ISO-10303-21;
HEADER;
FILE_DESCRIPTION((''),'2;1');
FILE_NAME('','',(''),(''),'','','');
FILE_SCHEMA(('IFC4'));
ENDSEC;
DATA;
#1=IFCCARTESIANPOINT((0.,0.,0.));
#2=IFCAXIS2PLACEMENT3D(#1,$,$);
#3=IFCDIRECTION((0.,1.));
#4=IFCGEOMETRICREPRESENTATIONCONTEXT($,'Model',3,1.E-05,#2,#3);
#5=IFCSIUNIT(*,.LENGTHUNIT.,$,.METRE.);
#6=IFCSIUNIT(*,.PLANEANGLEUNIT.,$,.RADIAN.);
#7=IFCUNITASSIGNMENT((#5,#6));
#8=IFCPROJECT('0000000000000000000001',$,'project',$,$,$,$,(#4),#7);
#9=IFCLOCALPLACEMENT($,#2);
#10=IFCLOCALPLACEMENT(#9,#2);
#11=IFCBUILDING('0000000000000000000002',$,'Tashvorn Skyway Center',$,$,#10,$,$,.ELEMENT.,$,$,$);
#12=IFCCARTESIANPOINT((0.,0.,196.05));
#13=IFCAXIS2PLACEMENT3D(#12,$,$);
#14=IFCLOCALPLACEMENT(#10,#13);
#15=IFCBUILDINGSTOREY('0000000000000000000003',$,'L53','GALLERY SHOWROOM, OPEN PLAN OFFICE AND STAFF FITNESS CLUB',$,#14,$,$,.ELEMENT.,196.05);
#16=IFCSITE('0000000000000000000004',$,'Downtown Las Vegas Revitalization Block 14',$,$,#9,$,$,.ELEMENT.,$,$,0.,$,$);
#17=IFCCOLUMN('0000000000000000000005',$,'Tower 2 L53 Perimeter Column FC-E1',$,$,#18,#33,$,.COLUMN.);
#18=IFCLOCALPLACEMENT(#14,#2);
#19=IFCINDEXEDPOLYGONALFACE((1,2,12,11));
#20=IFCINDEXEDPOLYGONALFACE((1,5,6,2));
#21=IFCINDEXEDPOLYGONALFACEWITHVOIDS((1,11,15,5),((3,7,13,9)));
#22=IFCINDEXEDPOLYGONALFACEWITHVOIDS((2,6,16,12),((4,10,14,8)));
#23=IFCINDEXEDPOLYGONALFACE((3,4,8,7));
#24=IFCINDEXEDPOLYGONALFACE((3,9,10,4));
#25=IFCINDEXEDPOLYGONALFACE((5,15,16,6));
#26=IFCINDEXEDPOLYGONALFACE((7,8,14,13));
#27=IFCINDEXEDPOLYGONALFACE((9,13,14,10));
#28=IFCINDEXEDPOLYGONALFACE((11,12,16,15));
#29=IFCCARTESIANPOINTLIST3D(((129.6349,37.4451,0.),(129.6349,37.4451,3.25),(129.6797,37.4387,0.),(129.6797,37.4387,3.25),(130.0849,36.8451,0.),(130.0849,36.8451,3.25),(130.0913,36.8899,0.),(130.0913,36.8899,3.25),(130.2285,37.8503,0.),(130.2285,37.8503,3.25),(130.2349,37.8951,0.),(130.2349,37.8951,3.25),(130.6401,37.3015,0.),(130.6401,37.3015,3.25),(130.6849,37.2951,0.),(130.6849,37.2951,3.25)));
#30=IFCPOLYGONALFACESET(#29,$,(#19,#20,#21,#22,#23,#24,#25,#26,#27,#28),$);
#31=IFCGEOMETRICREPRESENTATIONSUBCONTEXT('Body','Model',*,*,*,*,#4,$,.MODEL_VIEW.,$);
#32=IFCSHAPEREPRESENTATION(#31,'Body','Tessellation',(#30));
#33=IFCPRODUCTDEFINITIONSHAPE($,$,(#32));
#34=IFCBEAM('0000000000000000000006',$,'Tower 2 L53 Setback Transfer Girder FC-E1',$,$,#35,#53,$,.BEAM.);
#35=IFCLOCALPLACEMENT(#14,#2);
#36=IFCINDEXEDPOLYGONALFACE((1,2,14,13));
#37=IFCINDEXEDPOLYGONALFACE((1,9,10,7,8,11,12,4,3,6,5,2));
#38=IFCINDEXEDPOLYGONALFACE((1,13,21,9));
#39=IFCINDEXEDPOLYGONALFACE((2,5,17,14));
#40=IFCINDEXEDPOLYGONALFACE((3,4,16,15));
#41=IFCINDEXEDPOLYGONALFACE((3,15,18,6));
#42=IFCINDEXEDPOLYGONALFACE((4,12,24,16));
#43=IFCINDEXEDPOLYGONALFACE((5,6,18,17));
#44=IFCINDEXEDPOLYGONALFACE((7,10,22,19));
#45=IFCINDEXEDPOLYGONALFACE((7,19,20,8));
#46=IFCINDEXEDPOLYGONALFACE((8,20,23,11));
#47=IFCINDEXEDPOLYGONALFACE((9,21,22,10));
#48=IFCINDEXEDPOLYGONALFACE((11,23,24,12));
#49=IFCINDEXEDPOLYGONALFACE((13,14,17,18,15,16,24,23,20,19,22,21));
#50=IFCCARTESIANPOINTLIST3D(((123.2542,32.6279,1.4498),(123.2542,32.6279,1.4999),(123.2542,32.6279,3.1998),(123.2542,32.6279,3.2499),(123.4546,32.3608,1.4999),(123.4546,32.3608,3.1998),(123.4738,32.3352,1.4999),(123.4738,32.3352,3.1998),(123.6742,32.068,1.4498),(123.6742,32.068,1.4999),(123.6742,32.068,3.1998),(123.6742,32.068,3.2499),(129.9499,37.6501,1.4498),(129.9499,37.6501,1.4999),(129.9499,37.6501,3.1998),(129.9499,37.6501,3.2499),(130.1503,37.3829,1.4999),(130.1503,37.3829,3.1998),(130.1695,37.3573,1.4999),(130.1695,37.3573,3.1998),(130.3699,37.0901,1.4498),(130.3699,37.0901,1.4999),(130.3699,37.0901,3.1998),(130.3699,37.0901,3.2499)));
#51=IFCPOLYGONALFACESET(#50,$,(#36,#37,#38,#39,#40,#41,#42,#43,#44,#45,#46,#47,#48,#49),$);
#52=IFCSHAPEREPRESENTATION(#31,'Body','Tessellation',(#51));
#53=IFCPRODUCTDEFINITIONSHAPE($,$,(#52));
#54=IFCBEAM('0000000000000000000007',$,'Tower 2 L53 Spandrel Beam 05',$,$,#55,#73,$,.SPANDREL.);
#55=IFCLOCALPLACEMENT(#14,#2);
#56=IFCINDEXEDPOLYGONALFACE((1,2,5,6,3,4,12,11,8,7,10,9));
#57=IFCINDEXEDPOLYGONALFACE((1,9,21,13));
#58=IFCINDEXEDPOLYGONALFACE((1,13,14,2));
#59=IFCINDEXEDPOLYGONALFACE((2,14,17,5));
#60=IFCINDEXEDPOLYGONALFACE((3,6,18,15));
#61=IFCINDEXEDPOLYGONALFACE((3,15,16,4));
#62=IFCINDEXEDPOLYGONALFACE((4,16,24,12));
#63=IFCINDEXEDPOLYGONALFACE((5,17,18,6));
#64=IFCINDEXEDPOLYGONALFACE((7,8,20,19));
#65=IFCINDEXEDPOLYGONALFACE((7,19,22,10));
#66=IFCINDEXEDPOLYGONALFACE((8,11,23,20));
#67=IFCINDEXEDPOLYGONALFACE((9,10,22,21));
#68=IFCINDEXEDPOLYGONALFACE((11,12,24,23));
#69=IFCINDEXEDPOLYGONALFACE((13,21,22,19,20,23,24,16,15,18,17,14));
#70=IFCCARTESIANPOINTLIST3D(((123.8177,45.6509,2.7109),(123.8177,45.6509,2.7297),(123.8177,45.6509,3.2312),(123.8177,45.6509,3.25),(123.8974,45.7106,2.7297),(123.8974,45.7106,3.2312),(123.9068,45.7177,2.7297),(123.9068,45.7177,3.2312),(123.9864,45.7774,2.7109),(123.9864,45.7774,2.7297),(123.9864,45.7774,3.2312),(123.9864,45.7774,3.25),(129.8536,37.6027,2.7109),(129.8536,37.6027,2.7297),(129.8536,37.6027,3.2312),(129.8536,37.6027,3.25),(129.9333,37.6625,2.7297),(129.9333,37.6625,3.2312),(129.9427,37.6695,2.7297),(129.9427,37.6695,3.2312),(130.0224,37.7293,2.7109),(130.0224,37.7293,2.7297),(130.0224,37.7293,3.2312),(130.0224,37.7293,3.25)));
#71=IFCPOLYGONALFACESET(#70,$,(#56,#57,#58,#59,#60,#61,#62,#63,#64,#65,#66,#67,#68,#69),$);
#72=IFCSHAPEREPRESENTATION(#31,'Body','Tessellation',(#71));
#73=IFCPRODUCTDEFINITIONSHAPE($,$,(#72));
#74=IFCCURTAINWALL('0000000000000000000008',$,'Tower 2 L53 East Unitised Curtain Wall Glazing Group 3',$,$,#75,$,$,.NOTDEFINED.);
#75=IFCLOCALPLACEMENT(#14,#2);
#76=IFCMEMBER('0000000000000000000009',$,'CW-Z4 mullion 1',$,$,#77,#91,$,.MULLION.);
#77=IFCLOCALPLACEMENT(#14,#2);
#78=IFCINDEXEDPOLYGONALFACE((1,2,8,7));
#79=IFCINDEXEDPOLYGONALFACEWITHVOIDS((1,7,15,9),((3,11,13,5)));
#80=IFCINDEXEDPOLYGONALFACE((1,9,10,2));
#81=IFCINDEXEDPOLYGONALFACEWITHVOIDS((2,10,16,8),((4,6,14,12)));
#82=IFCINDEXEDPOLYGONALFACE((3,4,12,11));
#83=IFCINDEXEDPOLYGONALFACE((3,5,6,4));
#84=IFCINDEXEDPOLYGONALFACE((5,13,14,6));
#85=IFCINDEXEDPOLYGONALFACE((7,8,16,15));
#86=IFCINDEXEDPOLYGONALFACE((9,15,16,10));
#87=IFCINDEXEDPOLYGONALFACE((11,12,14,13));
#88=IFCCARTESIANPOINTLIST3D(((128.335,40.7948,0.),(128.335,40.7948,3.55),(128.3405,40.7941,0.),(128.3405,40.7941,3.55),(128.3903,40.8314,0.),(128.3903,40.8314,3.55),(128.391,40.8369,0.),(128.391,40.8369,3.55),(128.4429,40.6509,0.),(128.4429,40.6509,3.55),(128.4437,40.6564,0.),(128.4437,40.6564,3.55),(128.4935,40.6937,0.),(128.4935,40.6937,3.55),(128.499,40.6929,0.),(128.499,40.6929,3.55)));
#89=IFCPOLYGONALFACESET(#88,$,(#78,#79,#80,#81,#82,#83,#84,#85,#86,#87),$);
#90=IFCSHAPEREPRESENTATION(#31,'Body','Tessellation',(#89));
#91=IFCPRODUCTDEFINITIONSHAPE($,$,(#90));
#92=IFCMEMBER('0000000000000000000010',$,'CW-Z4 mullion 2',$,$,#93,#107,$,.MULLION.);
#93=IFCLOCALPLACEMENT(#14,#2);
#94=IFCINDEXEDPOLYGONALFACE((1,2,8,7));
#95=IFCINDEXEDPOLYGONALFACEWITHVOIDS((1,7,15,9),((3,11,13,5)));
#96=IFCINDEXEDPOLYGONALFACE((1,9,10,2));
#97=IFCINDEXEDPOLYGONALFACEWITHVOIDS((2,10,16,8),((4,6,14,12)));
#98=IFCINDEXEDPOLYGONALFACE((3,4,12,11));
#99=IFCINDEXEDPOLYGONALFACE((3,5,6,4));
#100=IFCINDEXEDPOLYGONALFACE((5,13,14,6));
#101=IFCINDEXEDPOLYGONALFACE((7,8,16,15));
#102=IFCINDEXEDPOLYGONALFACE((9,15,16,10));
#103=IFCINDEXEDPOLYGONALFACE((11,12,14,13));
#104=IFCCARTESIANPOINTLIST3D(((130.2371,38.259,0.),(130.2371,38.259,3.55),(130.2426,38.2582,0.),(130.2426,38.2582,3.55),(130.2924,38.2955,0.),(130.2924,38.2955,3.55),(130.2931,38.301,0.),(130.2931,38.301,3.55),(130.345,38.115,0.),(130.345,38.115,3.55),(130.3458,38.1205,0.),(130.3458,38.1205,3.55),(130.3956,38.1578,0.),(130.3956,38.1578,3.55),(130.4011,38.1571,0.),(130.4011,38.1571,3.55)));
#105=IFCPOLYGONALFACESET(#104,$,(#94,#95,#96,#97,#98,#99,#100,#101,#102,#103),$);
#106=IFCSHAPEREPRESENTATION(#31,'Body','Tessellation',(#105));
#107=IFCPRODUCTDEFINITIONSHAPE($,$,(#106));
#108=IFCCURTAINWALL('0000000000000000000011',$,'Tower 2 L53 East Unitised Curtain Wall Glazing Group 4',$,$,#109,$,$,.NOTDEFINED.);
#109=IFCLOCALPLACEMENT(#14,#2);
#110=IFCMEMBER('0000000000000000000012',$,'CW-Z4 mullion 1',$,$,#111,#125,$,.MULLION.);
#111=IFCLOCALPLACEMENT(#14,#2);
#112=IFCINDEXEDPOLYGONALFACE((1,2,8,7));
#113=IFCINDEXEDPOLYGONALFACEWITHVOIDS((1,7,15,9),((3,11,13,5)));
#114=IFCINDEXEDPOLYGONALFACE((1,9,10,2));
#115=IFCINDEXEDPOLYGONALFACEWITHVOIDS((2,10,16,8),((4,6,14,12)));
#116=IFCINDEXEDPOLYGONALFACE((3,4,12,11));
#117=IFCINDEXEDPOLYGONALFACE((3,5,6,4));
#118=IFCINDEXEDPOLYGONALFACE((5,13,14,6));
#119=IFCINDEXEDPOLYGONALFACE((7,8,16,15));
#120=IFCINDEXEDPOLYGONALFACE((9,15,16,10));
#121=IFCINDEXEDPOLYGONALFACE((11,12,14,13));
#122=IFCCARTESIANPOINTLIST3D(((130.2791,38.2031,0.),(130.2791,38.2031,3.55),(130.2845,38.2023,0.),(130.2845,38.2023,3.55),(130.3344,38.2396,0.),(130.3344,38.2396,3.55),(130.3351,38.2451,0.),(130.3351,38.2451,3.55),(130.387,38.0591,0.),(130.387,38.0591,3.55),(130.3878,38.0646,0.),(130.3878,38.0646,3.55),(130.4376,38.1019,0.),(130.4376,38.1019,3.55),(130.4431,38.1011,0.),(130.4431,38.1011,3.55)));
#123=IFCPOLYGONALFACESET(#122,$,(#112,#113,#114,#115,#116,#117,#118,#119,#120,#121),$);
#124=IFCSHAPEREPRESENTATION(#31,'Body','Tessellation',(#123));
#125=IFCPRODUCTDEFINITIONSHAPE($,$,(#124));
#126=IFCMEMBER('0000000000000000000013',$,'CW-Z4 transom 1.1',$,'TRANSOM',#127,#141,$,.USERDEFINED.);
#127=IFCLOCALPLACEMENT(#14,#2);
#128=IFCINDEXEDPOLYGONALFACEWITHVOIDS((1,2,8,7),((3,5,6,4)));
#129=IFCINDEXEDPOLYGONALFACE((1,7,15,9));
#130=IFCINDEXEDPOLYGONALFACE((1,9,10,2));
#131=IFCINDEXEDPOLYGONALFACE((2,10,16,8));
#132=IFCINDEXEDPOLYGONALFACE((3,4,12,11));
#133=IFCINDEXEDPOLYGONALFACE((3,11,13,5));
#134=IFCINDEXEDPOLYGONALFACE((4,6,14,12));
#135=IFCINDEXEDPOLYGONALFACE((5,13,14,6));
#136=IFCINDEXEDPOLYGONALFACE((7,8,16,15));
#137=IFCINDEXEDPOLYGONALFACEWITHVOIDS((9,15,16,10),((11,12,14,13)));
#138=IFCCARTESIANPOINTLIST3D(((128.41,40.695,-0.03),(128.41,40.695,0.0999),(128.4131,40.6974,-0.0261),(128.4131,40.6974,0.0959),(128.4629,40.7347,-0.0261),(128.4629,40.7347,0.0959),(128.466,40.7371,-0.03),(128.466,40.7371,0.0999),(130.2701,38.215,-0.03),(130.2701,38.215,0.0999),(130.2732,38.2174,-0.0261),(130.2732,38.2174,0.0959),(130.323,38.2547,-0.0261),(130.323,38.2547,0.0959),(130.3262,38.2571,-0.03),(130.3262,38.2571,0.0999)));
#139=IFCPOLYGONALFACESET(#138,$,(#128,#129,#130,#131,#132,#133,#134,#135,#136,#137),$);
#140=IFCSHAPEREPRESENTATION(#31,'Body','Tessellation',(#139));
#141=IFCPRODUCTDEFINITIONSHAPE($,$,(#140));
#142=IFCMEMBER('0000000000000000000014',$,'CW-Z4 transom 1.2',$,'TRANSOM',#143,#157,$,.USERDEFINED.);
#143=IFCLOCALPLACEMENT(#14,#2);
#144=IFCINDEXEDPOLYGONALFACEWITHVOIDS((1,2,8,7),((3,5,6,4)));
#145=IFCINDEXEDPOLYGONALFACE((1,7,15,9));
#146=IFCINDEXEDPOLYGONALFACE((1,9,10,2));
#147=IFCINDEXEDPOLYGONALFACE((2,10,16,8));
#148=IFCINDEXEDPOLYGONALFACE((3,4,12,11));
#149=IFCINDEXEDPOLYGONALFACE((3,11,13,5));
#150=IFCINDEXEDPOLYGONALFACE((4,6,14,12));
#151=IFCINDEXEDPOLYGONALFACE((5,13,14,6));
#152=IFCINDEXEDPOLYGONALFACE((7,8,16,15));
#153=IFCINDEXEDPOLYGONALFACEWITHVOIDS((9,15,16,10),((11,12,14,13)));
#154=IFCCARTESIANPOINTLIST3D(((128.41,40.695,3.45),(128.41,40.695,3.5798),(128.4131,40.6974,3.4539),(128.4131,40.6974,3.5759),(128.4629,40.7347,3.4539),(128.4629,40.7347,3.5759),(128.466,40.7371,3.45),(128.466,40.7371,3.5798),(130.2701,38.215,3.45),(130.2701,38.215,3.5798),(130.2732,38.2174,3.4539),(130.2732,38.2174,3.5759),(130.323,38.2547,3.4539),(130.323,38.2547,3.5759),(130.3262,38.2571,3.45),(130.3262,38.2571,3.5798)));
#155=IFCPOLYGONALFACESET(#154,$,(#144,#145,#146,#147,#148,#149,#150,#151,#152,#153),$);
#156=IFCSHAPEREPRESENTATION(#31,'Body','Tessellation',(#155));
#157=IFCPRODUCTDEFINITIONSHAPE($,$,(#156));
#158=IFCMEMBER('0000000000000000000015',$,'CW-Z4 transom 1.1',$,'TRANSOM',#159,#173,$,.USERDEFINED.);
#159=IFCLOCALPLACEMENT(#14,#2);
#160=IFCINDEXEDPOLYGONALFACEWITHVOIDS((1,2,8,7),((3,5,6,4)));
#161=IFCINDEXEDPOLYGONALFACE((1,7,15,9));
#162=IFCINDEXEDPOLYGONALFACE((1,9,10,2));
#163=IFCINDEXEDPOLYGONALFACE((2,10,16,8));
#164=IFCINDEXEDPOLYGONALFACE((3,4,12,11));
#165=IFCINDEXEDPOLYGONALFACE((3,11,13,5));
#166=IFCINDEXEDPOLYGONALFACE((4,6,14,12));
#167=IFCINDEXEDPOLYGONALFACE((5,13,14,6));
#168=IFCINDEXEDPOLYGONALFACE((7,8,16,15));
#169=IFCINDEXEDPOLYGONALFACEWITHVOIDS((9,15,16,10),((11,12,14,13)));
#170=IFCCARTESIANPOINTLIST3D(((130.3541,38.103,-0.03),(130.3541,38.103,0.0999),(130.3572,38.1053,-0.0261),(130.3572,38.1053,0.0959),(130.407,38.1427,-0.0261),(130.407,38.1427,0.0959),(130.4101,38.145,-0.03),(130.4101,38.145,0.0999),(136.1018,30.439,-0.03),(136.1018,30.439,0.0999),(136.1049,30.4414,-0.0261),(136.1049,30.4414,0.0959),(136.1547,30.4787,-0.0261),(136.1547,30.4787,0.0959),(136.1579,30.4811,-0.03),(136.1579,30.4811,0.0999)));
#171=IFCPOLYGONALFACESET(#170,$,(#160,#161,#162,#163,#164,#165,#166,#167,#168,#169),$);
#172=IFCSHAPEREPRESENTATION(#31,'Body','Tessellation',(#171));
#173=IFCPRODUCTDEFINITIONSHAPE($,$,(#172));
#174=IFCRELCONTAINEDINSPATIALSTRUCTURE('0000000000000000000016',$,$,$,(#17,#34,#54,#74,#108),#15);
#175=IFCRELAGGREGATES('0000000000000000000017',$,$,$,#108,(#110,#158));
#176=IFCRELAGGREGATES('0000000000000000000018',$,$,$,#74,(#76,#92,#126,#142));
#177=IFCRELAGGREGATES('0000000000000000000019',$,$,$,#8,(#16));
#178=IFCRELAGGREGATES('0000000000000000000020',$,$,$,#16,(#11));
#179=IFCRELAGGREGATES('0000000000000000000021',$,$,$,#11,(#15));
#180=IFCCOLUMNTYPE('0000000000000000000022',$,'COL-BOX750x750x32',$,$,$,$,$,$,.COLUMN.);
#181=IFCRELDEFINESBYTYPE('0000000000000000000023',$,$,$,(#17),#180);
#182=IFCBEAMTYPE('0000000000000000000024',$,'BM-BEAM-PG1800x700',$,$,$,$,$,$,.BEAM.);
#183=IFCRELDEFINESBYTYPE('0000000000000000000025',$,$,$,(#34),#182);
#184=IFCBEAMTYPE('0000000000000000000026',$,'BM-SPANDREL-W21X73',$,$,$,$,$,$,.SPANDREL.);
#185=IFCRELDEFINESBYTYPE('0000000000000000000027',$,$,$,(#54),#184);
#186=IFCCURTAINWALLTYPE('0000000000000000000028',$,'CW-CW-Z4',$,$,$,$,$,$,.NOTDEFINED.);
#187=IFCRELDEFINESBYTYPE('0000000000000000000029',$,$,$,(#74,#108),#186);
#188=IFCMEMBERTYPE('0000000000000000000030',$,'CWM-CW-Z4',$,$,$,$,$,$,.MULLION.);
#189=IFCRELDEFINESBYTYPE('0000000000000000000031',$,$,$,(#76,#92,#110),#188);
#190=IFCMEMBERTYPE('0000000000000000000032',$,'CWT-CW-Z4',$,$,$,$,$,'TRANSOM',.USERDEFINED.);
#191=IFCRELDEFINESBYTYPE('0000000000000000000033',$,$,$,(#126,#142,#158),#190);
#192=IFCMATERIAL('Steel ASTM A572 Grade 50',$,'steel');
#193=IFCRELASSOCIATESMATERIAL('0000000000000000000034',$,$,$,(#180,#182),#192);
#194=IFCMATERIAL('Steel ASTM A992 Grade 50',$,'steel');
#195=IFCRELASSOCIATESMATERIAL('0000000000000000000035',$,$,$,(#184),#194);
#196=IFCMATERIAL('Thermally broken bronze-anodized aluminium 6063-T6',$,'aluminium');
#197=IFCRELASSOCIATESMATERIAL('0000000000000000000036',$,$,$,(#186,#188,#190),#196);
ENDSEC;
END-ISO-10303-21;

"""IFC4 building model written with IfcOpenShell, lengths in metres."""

from ifc_helpers import new_model, si_unit, direction, frame, origin, origin_2d, place, context, subcontext, project, spatial, hollow_rectangle, i_section, extrude, material, material_profile, profile_set, type_object, element, aggregate, save


model = new_model("IFC4")

# Units and contexts
model_context = context("Model", 3, precision=1e-05, world=origin(), true_north=direction((0.0, 1.0)))
body_context = subcontext(model_context, "Body", "Model", "MODEL_VIEW")
ifc_project = project(units=[si_unit("LENGTHUNIT", "METRE"), si_unit("PLANEANGLEUNIT", "RADIAN")], contexts=[model_context])

# Site, building, storey
site_placement = place(None, origin())
site = spatial("IfcSite", under=ifc_project, at=site_placement, Name="Downtown Las Vegas Revitalization Block 14", CompositionType="ELEMENT", RefElevation=0.0)
building_placement = place(site_placement, origin())
building = spatial("IfcBuilding", under=site, at=building_placement, Name="Tashvorn Skyway Center", CompositionType="ELEMENT")
storey_placement = place(building_placement, frame((0.0, 0.0, 196.05)))
storey = spatial("IfcBuildingStorey", under=building, at=storey_placement, Name="L53", Description="GALLERY SHOWROOM, OPEN PLAN OFFICE AND STAFF FITNESS CLUB", CompositionType="ELEMENT", Elevation=196.05)

# Column
ifc_material_1 = material(Name="Steel ASTM A572 Grade 50", Category="steel")
ifc_material_profile_1 = material_profile(ifc_material_1, hollow_rectangle(XDim=0.75, YDim=0.75, WallThickness=0.032, at=origin_2d()), Name="BOX750x750x32")
ifc_profile_set_1 = profile_set([ifc_material_profile_1], Name="Steel ASTM A572 Grade 50")
column_type = type_object("IfcColumnType", Name="COL-BOX750x750x32", PredefinedType="COLUMN", material=ifc_profile_set_1)
column_placement = place(storey_placement, frame((130.1599, 37.3701, 0.0), z_axis=(0.0, 0.0, 1.0), x_axis=(0.8, 0.6, 0.0)))
element("IfcColumn", 1, at=column_placement, inside=storey, type_object=column_type, Name="Tower 2 L53 Perimeter Column FC-E1", PredefinedType="COLUMN", context=body_context, shape_type="SweptSolid", body=[
    extrude(hollow_rectangle(XDim=0.75, YDim=0.75, WallThickness=0.032, at=origin_2d()), origin(), (0.0, 0.0, 1.0), 3.25),
])

# Beams
ifc_material_profile_2 = material_profile(ifc_material_1, i_section(OverallWidth=0.7, OverallDepth=1.8, WebThickness=0.032, FlangeThickness=0.05, at=origin_2d()), Name="PG1800x700")
ifc_profile_set_2 = profile_set([ifc_material_profile_2], Name="Steel ASTM A572 Grade 50")
beam_type_1 = type_object("IfcBeamType", Name="BM-BEAM-PG1800x700", PredefinedType="BEAM", material=ifc_profile_set_2)
beam_1_placement = place(storey_placement, frame((130.1599, 37.3701, 2.3499), z_axis=(-0.799979, -0.600028, 0.0), x_axis=(0.600028, -0.799979, 0.0)))
element("IfcBeam", 2, at=beam_1_placement, inside=storey, type_object=beam_type_1, Name="Tower 2 L53 Setback Transfer Girder FC-E1", PredefinedType="BEAM", context=body_context, shape_type="SweptSolid", body=[
    extrude(i_section(OverallWidth=0.7, OverallDepth=1.8, WebThickness=0.032, FlangeThickness=0.05, at=origin_2d()), origin(), (0.0, 0.0, 1.0), 8.3699),
])
ifc_material_2 = material(Name="Steel ASTM A992 Grade 50", Category="steel")
ifc_material_profile_3 = material_profile(ifc_material_2, i_section(OverallWidth=0.2109, OverallDepth=0.5391, WebThickness=0.0117, FlangeThickness=0.0188, at=origin_2d()), Name="W21X73")
ifc_profile_set_3 = profile_set([ifc_material_profile_3], Name="Steel ASTM A992 Grade 50")
beam_type_2 = type_object("IfcBeamType", Name="BM-SPANDREL-W21X73", PredefinedType="SPANDREL", material=ifc_profile_set_3)
beam_2_placement = place(storey_placement, frame((129.938, 37.666, 2.9805), z_axis=(-0.599988, 0.800009, 0.0), x_axis=(-0.800009, -0.599988, 0.0)))
element("IfcBeam", 3, at=beam_2_placement, inside=storey, type_object=beam_type_2, Name="Tower 2 L53 Spandrel Beam 05", PredefinedType="SPANDREL", context=body_context, shape_type="SweptSolid", body=[
    extrude(i_section(OverallWidth=0.2109, OverallDepth=0.5391, WebThickness=0.0117, FlangeThickness=0.0188, at=origin_2d()), origin(), (0.0, 0.0, 1.0), 10.0601),
])

# Curtain wall, members
ifc_material_3 = material(Name="Thermally broken bronze-anodized aluminium 6063-T6", Category="aluminium")
curtain_wall_type = type_object("IfcCurtainWallType", Name="CW-CW-Z4", PredefinedType="NOTDEFINED", material=ifc_material_3)
curtain_wall_1_placement = place(storey_placement, origin())
curtain_wall_1 = element("IfcCurtainWall", 4, at=curtain_wall_1_placement, inside=storey, type_object=curtain_wall_type, Name="Tower 2 L53 East Unitised Curtain Wall Glazing Group 3", PredefinedType="NOTDEFINED")
ifc_material_profile_4 = material_profile(ifc_material_3, hollow_rectangle(XDim=0.0701, YDim=0.1799, WallThickness=0.0039, at=origin_2d()), Name="ALU-MULL-70x180")
ifc_profile_set_4 = profile_set([ifc_material_profile_4], Name="Thermally broken bronze-anodized aluminium 6063-T6")
member_type_1 = type_object("IfcMemberType", Name="CWM-CW-Z4", PredefinedType="MULLION", material=ifc_profile_set_4)
member_1_placement = place(storey_placement, frame((128.417, 40.7439, 0.0), z_axis=(0.0, 0.0, 1.0), x_axis=(0.8, 0.6, 0.0)))
member_1 = element("IfcMember", 5, at=member_1_placement, type_object=member_type_1, Name="CW-Z4 mullion 1", PredefinedType="MULLION", context=body_context, shape_type="SweptSolid", body=[
    extrude(hollow_rectangle(XDim=0.0701, YDim=0.1799, WallThickness=0.0039, at=origin_2d()), origin(), (0.0, 0.0, 1.0), 3.55),
])
member_2_placement = place(storey_placement, frame((130.3191, 38.208, 0.0), z_axis=(0.0, 0.0, 1.0), x_axis=(0.8, 0.6, 0.0)))
member_2 = element("IfcMember", 6, at=member_2_placement, type_object=member_type_1, Name="CW-Z4 mullion 2", PredefinedType="MULLION", context=body_context, shape_type="SweptSolid", body=[
    extrude(hollow_rectangle(XDim=0.0701, YDim=0.1799, WallThickness=0.0039, at=origin_2d()), origin(), (0.0, 0.0, 1.0), 3.55),
])

# Curtain wall, member
curtain_wall_2_placement = place(storey_placement, origin())
curtain_wall_2 = element("IfcCurtainWall", 7, at=curtain_wall_2_placement, inside=storey, type_object=curtain_wall_type, Name="Tower 2 L53 East Unitised Curtain Wall Glazing Group 4", PredefinedType="NOTDEFINED")
member_3_placement = place(storey_placement, frame((130.3611, 38.1521, 0.0), z_axis=(0.0, 0.0, 1.0), x_axis=(0.8, 0.6, 0.0)))
member_3 = element("IfcMember", 8, at=member_3_placement, type_object=member_type_1, Name="CW-Z4 mullion 1", PredefinedType="MULLION", context=body_context, shape_type="SweptSolid", body=[
    extrude(hollow_rectangle(XDim=0.0701, YDim=0.1799, WallThickness=0.0039, at=origin_2d()), origin(), (0.0, 0.0, 1.0), 3.55),
])

# Members
ifc_material_profile_5 = material_profile(ifc_material_3, hollow_rectangle(XDim=0.0701, YDim=0.1299, WallThickness=0.0039, at=origin_2d()), Name="ALU-TRAN-70x130")
ifc_profile_set_5 = profile_set([ifc_material_profile_5], Name="Thermally broken bronze-anodized aluminium 6063-T6")
member_type_2 = type_object("IfcMemberType", Name="CWT-CW-Z4", ElementType="TRANSOM", PredefinedType="USERDEFINED", material=ifc_profile_set_5)
member_4_placement = place(storey_placement, frame((128.438, 40.7161, 0.0349), z_axis=(0.600025, -0.799981, 0.0), x_axis=(0.799981, 0.600025, 0.0)))
member_4 = element("IfcMember", 9, at=member_4_placement, type_object=member_type_2, Name="CW-Z4 transom 1.1", ObjectType="TRANSOM", PredefinedType="USERDEFINED", context=body_context, shape_type="SweptSolid", body=[
    extrude(hollow_rectangle(XDim=0.0701, YDim=0.1299, WallThickness=0.0039, at=origin_2d()), origin(), (0.0, 0.0, 1.0), 3.1001),
])
member_5_placement = place(storey_placement, frame((128.438, 40.7161, 3.5149), z_axis=(0.600025, -0.799981, 0.0), x_axis=(0.799981, 0.600025, 0.0)))
member_5 = element("IfcMember", 10, at=member_5_placement, type_object=member_type_2, Name="CW-Z4 transom 1.2", ObjectType="TRANSOM", PredefinedType="USERDEFINED", context=body_context, shape_type="SweptSolid", body=[
    extrude(hollow_rectangle(XDim=0.0701, YDim=0.1299, WallThickness=0.0039, at=origin_2d()), origin(), (0.0, 0.0, 1.0), 3.1001),
])
member_6_placement = place(storey_placement, frame((130.3821, 38.124, 0.0349), z_axis=(0.599984, -0.800012, 0.0), x_axis=(0.800012, 0.599984, 0.0)))
member_6 = element("IfcMember", 11, at=member_6_placement, type_object=member_type_2, Name="CW-Z4 transom 1.1", ObjectType="TRANSOM", PredefinedType="USERDEFINED", context=body_context, shape_type="SweptSolid", body=[
    extrude(hollow_rectangle(XDim=0.0701, YDim=0.1299, WallThickness=0.0039, at=origin_2d()), origin(), (0.0, 0.0, 1.0), 9.5798),
])
aggregate(curtain_wall_2, [member_3, member_6])

aggregate(curtain_wall_1, [member_1, member_2, member_4, member_5])

save(model, "model.ifc")
